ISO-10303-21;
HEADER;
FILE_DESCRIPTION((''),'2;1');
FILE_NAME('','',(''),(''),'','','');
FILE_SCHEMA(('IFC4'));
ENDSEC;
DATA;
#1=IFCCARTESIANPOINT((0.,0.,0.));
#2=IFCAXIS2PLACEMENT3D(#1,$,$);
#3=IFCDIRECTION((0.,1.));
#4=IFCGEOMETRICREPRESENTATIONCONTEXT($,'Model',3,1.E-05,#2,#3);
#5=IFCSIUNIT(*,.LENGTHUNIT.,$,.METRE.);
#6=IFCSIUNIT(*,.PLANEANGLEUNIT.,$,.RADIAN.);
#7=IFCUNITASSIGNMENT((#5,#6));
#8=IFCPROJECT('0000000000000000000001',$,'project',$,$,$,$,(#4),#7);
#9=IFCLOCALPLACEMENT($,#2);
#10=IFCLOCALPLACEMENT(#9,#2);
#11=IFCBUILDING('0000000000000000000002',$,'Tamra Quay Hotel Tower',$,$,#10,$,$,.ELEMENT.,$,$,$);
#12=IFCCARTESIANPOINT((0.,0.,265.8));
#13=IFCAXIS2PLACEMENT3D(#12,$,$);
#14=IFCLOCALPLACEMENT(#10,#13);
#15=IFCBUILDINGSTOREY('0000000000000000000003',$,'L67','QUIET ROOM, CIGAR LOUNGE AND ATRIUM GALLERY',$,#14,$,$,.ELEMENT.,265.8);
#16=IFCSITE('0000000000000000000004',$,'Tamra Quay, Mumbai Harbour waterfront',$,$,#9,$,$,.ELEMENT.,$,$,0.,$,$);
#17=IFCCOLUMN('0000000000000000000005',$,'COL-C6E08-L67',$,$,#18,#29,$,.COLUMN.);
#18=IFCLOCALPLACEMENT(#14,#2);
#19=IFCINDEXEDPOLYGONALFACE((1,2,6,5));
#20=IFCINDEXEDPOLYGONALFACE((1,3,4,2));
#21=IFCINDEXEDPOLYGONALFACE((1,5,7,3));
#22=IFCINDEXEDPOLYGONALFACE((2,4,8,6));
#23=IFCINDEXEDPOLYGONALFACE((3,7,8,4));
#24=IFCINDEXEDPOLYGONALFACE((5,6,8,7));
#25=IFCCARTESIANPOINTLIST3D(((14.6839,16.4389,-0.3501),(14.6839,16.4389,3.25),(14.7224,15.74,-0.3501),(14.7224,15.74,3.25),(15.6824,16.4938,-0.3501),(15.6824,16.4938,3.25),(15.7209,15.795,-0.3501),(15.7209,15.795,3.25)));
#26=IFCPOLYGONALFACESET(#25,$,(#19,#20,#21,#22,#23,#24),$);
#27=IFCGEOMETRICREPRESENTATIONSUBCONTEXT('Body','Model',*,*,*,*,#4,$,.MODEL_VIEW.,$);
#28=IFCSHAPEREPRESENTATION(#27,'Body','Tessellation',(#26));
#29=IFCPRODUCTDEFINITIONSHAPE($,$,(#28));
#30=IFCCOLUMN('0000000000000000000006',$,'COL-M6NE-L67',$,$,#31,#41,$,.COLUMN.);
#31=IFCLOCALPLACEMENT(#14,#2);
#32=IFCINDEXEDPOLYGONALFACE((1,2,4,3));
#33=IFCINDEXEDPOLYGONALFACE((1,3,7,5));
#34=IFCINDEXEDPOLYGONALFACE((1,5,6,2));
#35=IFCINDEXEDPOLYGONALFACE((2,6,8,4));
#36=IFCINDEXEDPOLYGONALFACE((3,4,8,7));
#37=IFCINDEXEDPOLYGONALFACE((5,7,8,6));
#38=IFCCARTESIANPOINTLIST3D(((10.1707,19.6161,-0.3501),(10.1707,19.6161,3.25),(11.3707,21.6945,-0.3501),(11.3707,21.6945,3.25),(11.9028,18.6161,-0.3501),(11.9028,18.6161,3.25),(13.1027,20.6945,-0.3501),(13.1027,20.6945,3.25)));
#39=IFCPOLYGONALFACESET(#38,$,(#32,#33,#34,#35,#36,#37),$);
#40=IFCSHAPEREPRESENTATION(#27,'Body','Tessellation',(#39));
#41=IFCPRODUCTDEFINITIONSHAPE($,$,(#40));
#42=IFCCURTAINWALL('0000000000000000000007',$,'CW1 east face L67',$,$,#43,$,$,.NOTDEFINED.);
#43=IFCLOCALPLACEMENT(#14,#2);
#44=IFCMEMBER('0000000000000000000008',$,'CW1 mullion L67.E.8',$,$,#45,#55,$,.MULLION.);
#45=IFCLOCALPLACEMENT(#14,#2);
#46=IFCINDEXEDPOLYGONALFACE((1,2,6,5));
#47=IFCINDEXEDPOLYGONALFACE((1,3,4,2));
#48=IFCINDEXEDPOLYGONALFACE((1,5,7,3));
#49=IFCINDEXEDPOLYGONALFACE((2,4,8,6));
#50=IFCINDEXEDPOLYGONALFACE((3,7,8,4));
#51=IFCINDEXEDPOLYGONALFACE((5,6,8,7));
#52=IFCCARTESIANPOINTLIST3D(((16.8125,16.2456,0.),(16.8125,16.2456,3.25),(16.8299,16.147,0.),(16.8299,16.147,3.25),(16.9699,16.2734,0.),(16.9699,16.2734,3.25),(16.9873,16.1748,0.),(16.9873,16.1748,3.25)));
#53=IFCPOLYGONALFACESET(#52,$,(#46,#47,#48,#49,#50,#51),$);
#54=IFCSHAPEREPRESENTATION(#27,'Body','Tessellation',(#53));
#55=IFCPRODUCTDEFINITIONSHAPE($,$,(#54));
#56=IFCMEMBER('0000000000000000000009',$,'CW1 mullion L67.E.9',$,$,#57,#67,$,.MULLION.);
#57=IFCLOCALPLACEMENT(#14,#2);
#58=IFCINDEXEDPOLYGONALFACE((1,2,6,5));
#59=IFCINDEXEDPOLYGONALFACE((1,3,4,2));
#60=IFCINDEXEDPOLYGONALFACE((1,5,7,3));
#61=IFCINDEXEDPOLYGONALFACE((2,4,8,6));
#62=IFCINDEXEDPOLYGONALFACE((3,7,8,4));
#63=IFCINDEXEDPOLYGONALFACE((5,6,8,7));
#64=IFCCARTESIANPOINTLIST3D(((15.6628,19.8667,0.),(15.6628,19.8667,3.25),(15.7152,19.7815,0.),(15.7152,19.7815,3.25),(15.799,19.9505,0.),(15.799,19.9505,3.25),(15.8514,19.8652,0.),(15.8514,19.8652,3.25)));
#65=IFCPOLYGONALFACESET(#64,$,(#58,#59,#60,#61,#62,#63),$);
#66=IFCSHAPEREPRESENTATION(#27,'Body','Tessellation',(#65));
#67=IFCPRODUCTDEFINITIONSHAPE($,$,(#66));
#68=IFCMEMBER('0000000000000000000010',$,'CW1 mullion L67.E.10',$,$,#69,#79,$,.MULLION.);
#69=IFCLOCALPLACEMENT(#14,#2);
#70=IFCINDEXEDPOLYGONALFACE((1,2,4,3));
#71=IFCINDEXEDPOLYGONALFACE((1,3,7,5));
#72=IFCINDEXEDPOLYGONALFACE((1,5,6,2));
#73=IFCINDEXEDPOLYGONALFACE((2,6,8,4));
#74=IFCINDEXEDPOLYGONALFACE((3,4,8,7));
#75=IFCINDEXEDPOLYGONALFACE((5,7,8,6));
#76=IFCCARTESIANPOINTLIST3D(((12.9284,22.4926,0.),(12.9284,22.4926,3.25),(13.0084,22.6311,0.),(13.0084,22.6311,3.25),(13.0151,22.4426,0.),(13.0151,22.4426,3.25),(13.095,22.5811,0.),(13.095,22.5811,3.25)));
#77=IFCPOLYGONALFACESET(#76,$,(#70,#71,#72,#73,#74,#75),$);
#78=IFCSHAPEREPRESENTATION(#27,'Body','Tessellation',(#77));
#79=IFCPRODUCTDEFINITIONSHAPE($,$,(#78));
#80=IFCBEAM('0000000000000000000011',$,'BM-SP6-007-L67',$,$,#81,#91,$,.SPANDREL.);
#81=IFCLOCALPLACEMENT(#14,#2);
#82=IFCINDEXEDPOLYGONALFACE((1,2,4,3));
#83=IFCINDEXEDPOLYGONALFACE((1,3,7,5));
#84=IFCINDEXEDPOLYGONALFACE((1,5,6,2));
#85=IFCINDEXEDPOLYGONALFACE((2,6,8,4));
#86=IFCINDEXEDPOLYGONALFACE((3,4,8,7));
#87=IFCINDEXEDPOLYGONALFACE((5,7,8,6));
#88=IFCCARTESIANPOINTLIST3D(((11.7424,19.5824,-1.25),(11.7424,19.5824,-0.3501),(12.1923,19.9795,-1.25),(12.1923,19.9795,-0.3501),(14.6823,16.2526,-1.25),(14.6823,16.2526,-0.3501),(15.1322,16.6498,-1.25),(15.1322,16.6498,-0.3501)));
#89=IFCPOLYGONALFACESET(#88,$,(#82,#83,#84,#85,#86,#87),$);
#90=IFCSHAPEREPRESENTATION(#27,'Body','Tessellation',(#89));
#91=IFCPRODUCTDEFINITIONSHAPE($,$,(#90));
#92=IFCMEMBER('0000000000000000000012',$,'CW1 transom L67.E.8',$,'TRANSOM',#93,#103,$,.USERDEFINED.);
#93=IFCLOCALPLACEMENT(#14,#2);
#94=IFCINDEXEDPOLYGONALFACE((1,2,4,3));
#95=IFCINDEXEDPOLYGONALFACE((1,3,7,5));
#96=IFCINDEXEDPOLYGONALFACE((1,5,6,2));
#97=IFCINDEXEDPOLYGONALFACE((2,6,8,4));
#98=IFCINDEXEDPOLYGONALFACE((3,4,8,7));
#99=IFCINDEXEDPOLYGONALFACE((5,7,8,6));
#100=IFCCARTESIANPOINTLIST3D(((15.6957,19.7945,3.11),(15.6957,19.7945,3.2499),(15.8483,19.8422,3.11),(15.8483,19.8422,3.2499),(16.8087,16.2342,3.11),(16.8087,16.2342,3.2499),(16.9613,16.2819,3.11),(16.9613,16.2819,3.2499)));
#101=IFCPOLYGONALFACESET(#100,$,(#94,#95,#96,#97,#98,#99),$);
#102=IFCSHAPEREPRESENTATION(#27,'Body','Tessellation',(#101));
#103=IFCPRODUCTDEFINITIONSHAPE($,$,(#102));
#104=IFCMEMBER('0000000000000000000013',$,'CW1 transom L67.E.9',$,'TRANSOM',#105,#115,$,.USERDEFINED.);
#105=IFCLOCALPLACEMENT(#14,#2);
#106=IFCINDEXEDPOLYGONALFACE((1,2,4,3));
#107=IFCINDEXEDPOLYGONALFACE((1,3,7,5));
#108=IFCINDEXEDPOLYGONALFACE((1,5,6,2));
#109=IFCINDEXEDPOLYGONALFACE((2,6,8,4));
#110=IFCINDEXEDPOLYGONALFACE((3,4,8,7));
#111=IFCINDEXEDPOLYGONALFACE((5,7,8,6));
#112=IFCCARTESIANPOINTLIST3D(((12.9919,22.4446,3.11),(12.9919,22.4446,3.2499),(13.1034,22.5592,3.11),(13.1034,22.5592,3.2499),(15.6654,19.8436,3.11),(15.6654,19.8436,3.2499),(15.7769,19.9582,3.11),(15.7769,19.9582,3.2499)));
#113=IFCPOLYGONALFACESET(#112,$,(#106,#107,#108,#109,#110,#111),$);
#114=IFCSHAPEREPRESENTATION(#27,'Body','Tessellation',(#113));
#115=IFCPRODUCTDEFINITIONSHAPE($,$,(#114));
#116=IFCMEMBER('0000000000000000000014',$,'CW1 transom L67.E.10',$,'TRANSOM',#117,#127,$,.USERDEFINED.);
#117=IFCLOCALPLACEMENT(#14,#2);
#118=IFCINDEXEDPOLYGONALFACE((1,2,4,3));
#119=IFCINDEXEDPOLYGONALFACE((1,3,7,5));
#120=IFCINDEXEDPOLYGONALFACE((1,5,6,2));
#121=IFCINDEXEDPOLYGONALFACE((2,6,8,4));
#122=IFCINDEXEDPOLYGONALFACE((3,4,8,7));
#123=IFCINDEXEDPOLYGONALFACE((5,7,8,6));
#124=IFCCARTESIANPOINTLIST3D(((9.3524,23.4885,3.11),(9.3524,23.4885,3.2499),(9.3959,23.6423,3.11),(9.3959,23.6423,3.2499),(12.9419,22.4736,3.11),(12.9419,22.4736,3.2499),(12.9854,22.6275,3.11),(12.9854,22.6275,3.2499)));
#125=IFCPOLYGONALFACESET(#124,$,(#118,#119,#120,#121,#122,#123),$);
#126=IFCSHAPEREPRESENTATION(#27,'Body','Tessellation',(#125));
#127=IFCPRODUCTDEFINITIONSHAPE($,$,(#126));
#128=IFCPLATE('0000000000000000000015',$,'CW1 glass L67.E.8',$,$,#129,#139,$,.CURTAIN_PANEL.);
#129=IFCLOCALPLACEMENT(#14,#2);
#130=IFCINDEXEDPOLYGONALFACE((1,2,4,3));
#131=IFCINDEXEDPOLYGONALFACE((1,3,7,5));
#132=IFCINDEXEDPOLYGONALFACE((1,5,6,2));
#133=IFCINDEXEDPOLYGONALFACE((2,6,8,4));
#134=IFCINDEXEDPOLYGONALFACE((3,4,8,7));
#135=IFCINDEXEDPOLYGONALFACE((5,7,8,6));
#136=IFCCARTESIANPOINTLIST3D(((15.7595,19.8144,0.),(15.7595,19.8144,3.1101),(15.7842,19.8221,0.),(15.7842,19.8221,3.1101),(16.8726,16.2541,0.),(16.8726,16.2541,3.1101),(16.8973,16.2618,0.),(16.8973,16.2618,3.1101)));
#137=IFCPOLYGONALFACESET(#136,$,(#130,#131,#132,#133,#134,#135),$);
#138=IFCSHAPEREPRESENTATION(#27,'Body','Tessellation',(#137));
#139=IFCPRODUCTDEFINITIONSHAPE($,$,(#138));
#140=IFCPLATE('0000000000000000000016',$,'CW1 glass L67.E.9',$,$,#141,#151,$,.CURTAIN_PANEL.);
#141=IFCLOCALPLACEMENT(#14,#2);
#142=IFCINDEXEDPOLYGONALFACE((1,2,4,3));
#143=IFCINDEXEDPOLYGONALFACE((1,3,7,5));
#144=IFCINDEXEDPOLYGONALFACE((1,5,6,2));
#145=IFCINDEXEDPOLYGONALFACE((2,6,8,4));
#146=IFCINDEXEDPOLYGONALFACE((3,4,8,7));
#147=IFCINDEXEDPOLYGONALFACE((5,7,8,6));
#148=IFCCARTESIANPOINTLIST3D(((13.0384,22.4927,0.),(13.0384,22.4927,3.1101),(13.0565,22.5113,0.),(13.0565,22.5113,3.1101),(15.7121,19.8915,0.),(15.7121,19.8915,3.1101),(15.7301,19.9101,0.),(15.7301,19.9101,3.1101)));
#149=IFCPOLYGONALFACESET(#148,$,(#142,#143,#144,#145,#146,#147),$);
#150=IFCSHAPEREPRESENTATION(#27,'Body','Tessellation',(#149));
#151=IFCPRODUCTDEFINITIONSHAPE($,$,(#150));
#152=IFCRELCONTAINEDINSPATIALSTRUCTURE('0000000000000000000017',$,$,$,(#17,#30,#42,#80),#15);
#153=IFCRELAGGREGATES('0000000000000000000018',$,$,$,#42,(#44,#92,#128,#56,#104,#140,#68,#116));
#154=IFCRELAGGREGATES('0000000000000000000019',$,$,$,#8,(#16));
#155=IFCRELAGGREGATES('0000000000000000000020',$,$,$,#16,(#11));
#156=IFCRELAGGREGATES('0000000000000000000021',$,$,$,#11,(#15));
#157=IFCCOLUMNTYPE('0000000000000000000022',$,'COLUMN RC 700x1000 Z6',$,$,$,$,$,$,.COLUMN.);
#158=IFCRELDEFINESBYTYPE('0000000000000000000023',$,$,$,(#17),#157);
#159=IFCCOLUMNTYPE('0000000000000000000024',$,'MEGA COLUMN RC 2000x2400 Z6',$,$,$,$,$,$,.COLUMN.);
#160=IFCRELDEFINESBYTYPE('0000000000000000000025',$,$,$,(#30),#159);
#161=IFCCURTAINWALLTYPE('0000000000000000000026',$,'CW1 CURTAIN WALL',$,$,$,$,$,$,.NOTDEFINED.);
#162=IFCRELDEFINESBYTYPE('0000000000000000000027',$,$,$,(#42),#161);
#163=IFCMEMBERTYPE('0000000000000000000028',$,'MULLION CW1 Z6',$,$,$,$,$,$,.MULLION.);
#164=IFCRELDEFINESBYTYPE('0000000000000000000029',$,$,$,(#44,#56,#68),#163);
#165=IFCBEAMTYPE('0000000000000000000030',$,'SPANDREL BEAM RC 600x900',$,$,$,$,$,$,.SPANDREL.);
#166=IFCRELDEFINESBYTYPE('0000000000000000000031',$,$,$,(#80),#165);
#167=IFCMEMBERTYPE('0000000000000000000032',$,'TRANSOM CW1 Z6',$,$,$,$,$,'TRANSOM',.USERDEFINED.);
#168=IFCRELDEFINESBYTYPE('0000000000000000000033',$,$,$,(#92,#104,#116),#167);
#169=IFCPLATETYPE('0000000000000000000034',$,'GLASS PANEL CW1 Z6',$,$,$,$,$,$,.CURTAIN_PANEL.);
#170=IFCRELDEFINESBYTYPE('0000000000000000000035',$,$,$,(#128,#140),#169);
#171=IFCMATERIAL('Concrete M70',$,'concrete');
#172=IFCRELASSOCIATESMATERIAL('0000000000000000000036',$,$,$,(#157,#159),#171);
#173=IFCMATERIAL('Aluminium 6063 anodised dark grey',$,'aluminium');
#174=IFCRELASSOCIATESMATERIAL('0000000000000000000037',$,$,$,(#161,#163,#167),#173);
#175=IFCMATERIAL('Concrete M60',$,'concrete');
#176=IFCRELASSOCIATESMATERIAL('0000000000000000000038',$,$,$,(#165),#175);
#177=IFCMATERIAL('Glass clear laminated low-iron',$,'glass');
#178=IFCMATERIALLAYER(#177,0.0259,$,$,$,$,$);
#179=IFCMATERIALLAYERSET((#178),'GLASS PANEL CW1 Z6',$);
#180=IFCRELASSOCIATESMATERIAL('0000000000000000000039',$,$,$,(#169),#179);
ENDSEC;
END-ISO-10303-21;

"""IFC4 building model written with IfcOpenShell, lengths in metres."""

from ifc_helpers import new_model, si_unit, direction, frame, origin, origin_2d, place, context, subcontext, project, spatial, rectangle, extrude, material, layer, layer_set, material_profile, profile_set, type_object, element, aggregate, save


model = new_model("IFC4")

# Units and contexts
model_context = context("Model", 3, precision=1e-05, world=origin(), true_north=direction((0.0, 1.0)))
body_context = subcontext(model_context, "Body", "Model", "MODEL_VIEW")
ifc_project = project(units=[si_unit("LENGTHUNIT", "METRE"), si_unit("PLANEANGLEUNIT", "RADIAN")], contexts=[model_context])

# Site, building, storey
site_placement = place(None, origin())
site = spatial("IfcSite", under=ifc_project, at=site_placement, Name="Tamra Quay, Mumbai Harbour waterfront", CompositionType="ELEMENT", RefElevation=0.0)
building_placement = place(site_placement, origin())
building = spatial("IfcBuilding", under=site, at=building_placement, Name="Tamra Quay Hotel Tower", CompositionType="ELEMENT")
storey_placement = place(building_placement, frame((0.0, 0.0, 265.8)))
storey = spatial("IfcBuildingStorey", under=building, at=storey_placement, Name="L67", Description="QUIET ROOM, CIGAR LOUNGE AND ATRIUM GALLERY", CompositionType="ELEMENT", Elevation=265.8)

# Columns
ifc_material_1 = material(Name="Concrete M70", Category="concrete")
ifc_material_profile_1 = material_profile(ifc_material_1, rectangle(XDim=1.0, YDim=0.7, at=origin_2d()), Name="COLUMN RC 700x1000 Z6")
ifc_profile_set_1 = profile_set([ifc_material_profile_1], Name="Concrete M70")
column_type_1 = type_object("IfcColumnType", Name="COLUMN RC 700x1000 Z6", PredefinedType="COLUMN", material=ifc_profile_set_1)
column_1_placement = place(storey_placement, frame((15.2024, 16.1169, -0.3501), z_axis=(0.0, 0.0, 1.0), x_axis=(0.998491, 0.054917, 0.0)))
element("IfcColumn", 1, at=column_1_placement, inside=storey, type_object=column_type_1, Name="COL-C6E08-L67", PredefinedType="COLUMN", context=body_context, shape_type="SweptSolid", body=[
    extrude(rectangle(XDim=1.0, YDim=0.7, at=origin_2d()), origin(), (0.0, 0.0, 1.0), 3.6001),
])
ifc_material_profile_2 = material_profile(ifc_material_1, rectangle(XDim=2.3999, YDim=2.0, at=origin_2d()), Name="MEGA COLUMN RC 2000x2400 Z6")
ifc_profile_set_2 = profile_set([ifc_material_profile_2], Name="Concrete M70")
column_type_2 = type_object("IfcColumnType", Name="MEGA COLUMN RC 2000x2400 Z6", PredefinedType="COLUMN", material=ifc_profile_set_2)
column_2_placement = place(storey_placement, frame((11.6367, 20.1553, -0.3501), z_axis=(0.0, 0.0, 1.0), x_axis=(0.5, 0.866025, 0.0)))
element("IfcColumn", 2, at=column_2_placement, inside=storey, type_object=column_type_2, Name="COL-M6NE-L67", PredefinedType="COLUMN", context=body_context, shape_type="SweptSolid", body=[
    extrude(rectangle(XDim=2.3999, YDim=2.0, at=origin_2d()), origin(), (0.0, 0.0, 1.0), 3.6001),
])

# Curtain wall, members
ifc_material_2 = material(Name="Aluminium 6063 anodised dark grey", Category="aluminium")
curtain_wall_type = type_object("IfcCurtainWallType", Name="CW1 CURTAIN WALL", PredefinedType="NOTDEFINED", material=ifc_material_2)
curtain_wall_placement = place(storey_placement, origin())
curtain_wall = element("IfcCurtainWall", 3, at=curtain_wall_placement, inside=storey, type_object=curtain_wall_type, Name="CW1 east face L67", PredefinedType="NOTDEFINED")
ifc_material_profile_3 = material_profile(ifc_material_2, rectangle(XDim=0.1599, YDim=0.1001, at=origin_2d()), Name="MULLION 100X160")
ifc_profile_set_3 = profile_set([ifc_material_profile_3], Name="Aluminium 6063 anodised dark grey")
member_type_1 = type_object("IfcMemberType", Name="MULLION CW1 Z6", PredefinedType="MULLION", material=ifc_profile_set_3)
member_1_placement = place(storey_placement, frame((16.8999, 16.2102, 0.0), z_axis=(0.0, 0.0, 1.0), x_axis=(0.98474, 0.174032, 0.0)))
member_1 = element("IfcMember", 4, at=member_1_placement, type_object=member_type_1, Name="CW1 mullion L67.E.8", PredefinedType="MULLION", context=body_context, shape_type="SweptSolid", body=[
    extrude(rectangle(XDim=0.1599, YDim=0.1001, at=origin_2d()), origin(), (0.0, 0.0, 1.0), 3.25),
])
member_2_placement = place(storey_placement, frame((15.7571, 19.866, 0.0), z_axis=(0.0, 0.0, 1.0), x_axis=(0.851964, 0.5236, 0.0)))
member_2 = element("IfcMember", 5, at=member_2_placement, type_object=member_type_1, Name="CW1 mullion L67.E.9", PredefinedType="MULLION", context=body_context, shape_type="SweptSolid", body=[
    extrude(rectangle(XDim=0.1599, YDim=0.1001, at=origin_2d()), origin(), (0.0, 0.0, 1.0), 3.25),
])
member_3_placement = place(storey_placement, frame((13.0117, 22.5369, 0.0), z_axis=(0.0, 0.0, 1.0), x_axis=(0.5, 0.866025, 0.0)))
member_3 = element("IfcMember", 6, at=member_3_placement, type_object=member_type_1, Name="CW1 mullion L67.E.10", PredefinedType="MULLION", context=body_context, shape_type="SweptSolid", body=[
    extrude(rectangle(XDim=0.1599, YDim=0.1001, at=origin_2d()), origin(), (0.0, 0.0, 1.0), 3.25),
])

# Beam
ifc_material_3 = material(Name="Concrete M60", Category="concrete")
ifc_material_profile_4 = material_profile(ifc_material_3, rectangle(XDim=0.6001, YDim=0.8999, at=origin_2d()), Name="SPANDREL BEAM RC 600x900")
ifc_profile_set_4 = profile_set([ifc_material_profile_4], Name="Concrete M60")
beam_type = type_object("IfcBeamType", Name="SPANDREL BEAM RC 600x900", PredefinedType="SPANDREL", material=ifc_profile_set_4)
beam_placement = place(storey_placement, frame((14.9072, 16.4512, -0.8), z_axis=(-0.661856, 0.749631, 0.0), x_axis=(-0.749631, -0.661856, 0.0)))
element("IfcBeam", 7, at=beam_placement, inside=storey, type_object=beam_type, Name="BM-SP6-007-L67", PredefinedType="SPANDREL", context=body_context, shape_type="SweptSolid", body=[
    extrude(rectangle(XDim=0.6001, YDim=0.8999, at=origin_2d()), origin(), (0.0, 0.0, 1.0), 4.4419),
])

# Members
ifc_material_profile_5 = material_profile(ifc_material_2, rectangle(XDim=0.1599, YDim=0.1399, at=origin_2d()), Name="TRANSOM 160X140")
ifc_profile_set_5 = profile_set([ifc_material_profile_5], Name="Aluminium 6063 anodised dark grey")
member_type_2 = type_object("IfcMemberType", Name="TRANSOM CW1 Z6", ElementType="TRANSOM", PredefinedType="USERDEFINED", material=ifc_profile_set_5)
member_4_placement = place(storey_placement, frame((16.885, 16.2581, 3.1799), z_axis=(-0.298383, 0.954446, 0.0), x_axis=(-0.954446, -0.298383, 0.0)))
member_4 = element("IfcMember", 8, at=member_4_placement, type_object=member_type_2, Name="CW1 transom L67.E.8", ObjectType="TRANSOM", PredefinedType="USERDEFINED", context=body_context, shape_type="SweptSolid", body=[
    extrude(rectangle(XDim=0.1599, YDim=0.1399, at=origin_2d()), origin(), (0.0, 0.0, 1.0), 3.7302),
])
member_5_placement = place(storey_placement, frame((15.7212, 19.9009, 3.1799), z_axis=(-0.71676, 0.69732, 0.0), x_axis=(-0.69732, -0.71676, 0.0)))
member_5 = element("IfcMember", 9, at=member_5_placement, type_object=member_type_2, Name="CW1 transom L67.E.9", ObjectType="TRANSOM", PredefinedType="USERDEFINED", context=body_context, shape_type="SweptSolid", body=[
    extrude(rectangle(XDim=0.1599, YDim=0.1399, at=origin_2d()), origin(), (0.0, 0.0, 1.0), 3.73),
])
member_6_placement = place(storey_placement, frame((12.9636, 22.5505, 3.1799), z_axis=(-0.962278, 0.272066, 0.0), x_axis=(-0.272066, -0.962278, 0.0)))
member_6 = element("IfcMember", 10, at=member_6_placement, type_object=member_type_2, Name="CW1 transom L67.E.10", ObjectType="TRANSOM", PredefinedType="USERDEFINED", context=body_context, shape_type="SweptSolid", body=[
    extrude(rectangle(XDim=0.1599, YDim=0.1399, at=origin_2d()), origin(), (0.0, 0.0, 1.0), 3.7302),
])

# Plates
ifc_material_4 = material(Name="Glass clear laminated low-iron", Category="glass")
ifc_layer_1 = layer(ifc_material_4, 0.0259)
ifc_layer_set_1 = layer_set([ifc_layer_1], Name="GLASS PANEL CW1 Z6")
plate_type = type_object("IfcPlateType", Name="GLASS PANEL CW1 Z6", PredefinedType="CURTAIN_PANEL", material=ifc_layer_set_1)
plate_1_placement = place(storey_placement, frame((16.3284, 18.0381, 0.0), z_axis=(0.0, 0.0, 1.0), x_axis=(-0.298392, 0.954443, 0.0)))
plate_1 = element("IfcPlate", 11, at=plate_1_placement, type_object=plate_type, Name="CW1 glass L67.E.8", PredefinedType="CURTAIN_PANEL", context=body_context, shape_type="SweptSolid", body=[
    extrude(rectangle(XDim=3.7302, YDim=0.0259, at=origin_2d()), origin(), (0.0, 0.0, 1.0), 3.1101),
])
plate_2_placement = place(storey_placement, frame((14.3843, 21.2014, 0.0), z_axis=(0.0, 0.0, 1.0), x_axis=(-0.716753, 0.697327, 0.0)))
plate_2 = element("IfcPlate", 12, at=plate_2_placement, type_object=plate_type, Name="CW1 glass L67.E.9", PredefinedType="CURTAIN_PANEL", context=body_context, shape_type="SweptSolid", body=[
    extrude(rectangle(XDim=3.7302, YDim=0.0259, at=origin_2d()), origin(), (0.0, 0.0, 1.0), 3.1101),
])
aggregate(curtain_wall, [member_1, member_4, plate_1, member_2, member_5, plate_2, member_3, member_6])

save(model, "model.ifc")
